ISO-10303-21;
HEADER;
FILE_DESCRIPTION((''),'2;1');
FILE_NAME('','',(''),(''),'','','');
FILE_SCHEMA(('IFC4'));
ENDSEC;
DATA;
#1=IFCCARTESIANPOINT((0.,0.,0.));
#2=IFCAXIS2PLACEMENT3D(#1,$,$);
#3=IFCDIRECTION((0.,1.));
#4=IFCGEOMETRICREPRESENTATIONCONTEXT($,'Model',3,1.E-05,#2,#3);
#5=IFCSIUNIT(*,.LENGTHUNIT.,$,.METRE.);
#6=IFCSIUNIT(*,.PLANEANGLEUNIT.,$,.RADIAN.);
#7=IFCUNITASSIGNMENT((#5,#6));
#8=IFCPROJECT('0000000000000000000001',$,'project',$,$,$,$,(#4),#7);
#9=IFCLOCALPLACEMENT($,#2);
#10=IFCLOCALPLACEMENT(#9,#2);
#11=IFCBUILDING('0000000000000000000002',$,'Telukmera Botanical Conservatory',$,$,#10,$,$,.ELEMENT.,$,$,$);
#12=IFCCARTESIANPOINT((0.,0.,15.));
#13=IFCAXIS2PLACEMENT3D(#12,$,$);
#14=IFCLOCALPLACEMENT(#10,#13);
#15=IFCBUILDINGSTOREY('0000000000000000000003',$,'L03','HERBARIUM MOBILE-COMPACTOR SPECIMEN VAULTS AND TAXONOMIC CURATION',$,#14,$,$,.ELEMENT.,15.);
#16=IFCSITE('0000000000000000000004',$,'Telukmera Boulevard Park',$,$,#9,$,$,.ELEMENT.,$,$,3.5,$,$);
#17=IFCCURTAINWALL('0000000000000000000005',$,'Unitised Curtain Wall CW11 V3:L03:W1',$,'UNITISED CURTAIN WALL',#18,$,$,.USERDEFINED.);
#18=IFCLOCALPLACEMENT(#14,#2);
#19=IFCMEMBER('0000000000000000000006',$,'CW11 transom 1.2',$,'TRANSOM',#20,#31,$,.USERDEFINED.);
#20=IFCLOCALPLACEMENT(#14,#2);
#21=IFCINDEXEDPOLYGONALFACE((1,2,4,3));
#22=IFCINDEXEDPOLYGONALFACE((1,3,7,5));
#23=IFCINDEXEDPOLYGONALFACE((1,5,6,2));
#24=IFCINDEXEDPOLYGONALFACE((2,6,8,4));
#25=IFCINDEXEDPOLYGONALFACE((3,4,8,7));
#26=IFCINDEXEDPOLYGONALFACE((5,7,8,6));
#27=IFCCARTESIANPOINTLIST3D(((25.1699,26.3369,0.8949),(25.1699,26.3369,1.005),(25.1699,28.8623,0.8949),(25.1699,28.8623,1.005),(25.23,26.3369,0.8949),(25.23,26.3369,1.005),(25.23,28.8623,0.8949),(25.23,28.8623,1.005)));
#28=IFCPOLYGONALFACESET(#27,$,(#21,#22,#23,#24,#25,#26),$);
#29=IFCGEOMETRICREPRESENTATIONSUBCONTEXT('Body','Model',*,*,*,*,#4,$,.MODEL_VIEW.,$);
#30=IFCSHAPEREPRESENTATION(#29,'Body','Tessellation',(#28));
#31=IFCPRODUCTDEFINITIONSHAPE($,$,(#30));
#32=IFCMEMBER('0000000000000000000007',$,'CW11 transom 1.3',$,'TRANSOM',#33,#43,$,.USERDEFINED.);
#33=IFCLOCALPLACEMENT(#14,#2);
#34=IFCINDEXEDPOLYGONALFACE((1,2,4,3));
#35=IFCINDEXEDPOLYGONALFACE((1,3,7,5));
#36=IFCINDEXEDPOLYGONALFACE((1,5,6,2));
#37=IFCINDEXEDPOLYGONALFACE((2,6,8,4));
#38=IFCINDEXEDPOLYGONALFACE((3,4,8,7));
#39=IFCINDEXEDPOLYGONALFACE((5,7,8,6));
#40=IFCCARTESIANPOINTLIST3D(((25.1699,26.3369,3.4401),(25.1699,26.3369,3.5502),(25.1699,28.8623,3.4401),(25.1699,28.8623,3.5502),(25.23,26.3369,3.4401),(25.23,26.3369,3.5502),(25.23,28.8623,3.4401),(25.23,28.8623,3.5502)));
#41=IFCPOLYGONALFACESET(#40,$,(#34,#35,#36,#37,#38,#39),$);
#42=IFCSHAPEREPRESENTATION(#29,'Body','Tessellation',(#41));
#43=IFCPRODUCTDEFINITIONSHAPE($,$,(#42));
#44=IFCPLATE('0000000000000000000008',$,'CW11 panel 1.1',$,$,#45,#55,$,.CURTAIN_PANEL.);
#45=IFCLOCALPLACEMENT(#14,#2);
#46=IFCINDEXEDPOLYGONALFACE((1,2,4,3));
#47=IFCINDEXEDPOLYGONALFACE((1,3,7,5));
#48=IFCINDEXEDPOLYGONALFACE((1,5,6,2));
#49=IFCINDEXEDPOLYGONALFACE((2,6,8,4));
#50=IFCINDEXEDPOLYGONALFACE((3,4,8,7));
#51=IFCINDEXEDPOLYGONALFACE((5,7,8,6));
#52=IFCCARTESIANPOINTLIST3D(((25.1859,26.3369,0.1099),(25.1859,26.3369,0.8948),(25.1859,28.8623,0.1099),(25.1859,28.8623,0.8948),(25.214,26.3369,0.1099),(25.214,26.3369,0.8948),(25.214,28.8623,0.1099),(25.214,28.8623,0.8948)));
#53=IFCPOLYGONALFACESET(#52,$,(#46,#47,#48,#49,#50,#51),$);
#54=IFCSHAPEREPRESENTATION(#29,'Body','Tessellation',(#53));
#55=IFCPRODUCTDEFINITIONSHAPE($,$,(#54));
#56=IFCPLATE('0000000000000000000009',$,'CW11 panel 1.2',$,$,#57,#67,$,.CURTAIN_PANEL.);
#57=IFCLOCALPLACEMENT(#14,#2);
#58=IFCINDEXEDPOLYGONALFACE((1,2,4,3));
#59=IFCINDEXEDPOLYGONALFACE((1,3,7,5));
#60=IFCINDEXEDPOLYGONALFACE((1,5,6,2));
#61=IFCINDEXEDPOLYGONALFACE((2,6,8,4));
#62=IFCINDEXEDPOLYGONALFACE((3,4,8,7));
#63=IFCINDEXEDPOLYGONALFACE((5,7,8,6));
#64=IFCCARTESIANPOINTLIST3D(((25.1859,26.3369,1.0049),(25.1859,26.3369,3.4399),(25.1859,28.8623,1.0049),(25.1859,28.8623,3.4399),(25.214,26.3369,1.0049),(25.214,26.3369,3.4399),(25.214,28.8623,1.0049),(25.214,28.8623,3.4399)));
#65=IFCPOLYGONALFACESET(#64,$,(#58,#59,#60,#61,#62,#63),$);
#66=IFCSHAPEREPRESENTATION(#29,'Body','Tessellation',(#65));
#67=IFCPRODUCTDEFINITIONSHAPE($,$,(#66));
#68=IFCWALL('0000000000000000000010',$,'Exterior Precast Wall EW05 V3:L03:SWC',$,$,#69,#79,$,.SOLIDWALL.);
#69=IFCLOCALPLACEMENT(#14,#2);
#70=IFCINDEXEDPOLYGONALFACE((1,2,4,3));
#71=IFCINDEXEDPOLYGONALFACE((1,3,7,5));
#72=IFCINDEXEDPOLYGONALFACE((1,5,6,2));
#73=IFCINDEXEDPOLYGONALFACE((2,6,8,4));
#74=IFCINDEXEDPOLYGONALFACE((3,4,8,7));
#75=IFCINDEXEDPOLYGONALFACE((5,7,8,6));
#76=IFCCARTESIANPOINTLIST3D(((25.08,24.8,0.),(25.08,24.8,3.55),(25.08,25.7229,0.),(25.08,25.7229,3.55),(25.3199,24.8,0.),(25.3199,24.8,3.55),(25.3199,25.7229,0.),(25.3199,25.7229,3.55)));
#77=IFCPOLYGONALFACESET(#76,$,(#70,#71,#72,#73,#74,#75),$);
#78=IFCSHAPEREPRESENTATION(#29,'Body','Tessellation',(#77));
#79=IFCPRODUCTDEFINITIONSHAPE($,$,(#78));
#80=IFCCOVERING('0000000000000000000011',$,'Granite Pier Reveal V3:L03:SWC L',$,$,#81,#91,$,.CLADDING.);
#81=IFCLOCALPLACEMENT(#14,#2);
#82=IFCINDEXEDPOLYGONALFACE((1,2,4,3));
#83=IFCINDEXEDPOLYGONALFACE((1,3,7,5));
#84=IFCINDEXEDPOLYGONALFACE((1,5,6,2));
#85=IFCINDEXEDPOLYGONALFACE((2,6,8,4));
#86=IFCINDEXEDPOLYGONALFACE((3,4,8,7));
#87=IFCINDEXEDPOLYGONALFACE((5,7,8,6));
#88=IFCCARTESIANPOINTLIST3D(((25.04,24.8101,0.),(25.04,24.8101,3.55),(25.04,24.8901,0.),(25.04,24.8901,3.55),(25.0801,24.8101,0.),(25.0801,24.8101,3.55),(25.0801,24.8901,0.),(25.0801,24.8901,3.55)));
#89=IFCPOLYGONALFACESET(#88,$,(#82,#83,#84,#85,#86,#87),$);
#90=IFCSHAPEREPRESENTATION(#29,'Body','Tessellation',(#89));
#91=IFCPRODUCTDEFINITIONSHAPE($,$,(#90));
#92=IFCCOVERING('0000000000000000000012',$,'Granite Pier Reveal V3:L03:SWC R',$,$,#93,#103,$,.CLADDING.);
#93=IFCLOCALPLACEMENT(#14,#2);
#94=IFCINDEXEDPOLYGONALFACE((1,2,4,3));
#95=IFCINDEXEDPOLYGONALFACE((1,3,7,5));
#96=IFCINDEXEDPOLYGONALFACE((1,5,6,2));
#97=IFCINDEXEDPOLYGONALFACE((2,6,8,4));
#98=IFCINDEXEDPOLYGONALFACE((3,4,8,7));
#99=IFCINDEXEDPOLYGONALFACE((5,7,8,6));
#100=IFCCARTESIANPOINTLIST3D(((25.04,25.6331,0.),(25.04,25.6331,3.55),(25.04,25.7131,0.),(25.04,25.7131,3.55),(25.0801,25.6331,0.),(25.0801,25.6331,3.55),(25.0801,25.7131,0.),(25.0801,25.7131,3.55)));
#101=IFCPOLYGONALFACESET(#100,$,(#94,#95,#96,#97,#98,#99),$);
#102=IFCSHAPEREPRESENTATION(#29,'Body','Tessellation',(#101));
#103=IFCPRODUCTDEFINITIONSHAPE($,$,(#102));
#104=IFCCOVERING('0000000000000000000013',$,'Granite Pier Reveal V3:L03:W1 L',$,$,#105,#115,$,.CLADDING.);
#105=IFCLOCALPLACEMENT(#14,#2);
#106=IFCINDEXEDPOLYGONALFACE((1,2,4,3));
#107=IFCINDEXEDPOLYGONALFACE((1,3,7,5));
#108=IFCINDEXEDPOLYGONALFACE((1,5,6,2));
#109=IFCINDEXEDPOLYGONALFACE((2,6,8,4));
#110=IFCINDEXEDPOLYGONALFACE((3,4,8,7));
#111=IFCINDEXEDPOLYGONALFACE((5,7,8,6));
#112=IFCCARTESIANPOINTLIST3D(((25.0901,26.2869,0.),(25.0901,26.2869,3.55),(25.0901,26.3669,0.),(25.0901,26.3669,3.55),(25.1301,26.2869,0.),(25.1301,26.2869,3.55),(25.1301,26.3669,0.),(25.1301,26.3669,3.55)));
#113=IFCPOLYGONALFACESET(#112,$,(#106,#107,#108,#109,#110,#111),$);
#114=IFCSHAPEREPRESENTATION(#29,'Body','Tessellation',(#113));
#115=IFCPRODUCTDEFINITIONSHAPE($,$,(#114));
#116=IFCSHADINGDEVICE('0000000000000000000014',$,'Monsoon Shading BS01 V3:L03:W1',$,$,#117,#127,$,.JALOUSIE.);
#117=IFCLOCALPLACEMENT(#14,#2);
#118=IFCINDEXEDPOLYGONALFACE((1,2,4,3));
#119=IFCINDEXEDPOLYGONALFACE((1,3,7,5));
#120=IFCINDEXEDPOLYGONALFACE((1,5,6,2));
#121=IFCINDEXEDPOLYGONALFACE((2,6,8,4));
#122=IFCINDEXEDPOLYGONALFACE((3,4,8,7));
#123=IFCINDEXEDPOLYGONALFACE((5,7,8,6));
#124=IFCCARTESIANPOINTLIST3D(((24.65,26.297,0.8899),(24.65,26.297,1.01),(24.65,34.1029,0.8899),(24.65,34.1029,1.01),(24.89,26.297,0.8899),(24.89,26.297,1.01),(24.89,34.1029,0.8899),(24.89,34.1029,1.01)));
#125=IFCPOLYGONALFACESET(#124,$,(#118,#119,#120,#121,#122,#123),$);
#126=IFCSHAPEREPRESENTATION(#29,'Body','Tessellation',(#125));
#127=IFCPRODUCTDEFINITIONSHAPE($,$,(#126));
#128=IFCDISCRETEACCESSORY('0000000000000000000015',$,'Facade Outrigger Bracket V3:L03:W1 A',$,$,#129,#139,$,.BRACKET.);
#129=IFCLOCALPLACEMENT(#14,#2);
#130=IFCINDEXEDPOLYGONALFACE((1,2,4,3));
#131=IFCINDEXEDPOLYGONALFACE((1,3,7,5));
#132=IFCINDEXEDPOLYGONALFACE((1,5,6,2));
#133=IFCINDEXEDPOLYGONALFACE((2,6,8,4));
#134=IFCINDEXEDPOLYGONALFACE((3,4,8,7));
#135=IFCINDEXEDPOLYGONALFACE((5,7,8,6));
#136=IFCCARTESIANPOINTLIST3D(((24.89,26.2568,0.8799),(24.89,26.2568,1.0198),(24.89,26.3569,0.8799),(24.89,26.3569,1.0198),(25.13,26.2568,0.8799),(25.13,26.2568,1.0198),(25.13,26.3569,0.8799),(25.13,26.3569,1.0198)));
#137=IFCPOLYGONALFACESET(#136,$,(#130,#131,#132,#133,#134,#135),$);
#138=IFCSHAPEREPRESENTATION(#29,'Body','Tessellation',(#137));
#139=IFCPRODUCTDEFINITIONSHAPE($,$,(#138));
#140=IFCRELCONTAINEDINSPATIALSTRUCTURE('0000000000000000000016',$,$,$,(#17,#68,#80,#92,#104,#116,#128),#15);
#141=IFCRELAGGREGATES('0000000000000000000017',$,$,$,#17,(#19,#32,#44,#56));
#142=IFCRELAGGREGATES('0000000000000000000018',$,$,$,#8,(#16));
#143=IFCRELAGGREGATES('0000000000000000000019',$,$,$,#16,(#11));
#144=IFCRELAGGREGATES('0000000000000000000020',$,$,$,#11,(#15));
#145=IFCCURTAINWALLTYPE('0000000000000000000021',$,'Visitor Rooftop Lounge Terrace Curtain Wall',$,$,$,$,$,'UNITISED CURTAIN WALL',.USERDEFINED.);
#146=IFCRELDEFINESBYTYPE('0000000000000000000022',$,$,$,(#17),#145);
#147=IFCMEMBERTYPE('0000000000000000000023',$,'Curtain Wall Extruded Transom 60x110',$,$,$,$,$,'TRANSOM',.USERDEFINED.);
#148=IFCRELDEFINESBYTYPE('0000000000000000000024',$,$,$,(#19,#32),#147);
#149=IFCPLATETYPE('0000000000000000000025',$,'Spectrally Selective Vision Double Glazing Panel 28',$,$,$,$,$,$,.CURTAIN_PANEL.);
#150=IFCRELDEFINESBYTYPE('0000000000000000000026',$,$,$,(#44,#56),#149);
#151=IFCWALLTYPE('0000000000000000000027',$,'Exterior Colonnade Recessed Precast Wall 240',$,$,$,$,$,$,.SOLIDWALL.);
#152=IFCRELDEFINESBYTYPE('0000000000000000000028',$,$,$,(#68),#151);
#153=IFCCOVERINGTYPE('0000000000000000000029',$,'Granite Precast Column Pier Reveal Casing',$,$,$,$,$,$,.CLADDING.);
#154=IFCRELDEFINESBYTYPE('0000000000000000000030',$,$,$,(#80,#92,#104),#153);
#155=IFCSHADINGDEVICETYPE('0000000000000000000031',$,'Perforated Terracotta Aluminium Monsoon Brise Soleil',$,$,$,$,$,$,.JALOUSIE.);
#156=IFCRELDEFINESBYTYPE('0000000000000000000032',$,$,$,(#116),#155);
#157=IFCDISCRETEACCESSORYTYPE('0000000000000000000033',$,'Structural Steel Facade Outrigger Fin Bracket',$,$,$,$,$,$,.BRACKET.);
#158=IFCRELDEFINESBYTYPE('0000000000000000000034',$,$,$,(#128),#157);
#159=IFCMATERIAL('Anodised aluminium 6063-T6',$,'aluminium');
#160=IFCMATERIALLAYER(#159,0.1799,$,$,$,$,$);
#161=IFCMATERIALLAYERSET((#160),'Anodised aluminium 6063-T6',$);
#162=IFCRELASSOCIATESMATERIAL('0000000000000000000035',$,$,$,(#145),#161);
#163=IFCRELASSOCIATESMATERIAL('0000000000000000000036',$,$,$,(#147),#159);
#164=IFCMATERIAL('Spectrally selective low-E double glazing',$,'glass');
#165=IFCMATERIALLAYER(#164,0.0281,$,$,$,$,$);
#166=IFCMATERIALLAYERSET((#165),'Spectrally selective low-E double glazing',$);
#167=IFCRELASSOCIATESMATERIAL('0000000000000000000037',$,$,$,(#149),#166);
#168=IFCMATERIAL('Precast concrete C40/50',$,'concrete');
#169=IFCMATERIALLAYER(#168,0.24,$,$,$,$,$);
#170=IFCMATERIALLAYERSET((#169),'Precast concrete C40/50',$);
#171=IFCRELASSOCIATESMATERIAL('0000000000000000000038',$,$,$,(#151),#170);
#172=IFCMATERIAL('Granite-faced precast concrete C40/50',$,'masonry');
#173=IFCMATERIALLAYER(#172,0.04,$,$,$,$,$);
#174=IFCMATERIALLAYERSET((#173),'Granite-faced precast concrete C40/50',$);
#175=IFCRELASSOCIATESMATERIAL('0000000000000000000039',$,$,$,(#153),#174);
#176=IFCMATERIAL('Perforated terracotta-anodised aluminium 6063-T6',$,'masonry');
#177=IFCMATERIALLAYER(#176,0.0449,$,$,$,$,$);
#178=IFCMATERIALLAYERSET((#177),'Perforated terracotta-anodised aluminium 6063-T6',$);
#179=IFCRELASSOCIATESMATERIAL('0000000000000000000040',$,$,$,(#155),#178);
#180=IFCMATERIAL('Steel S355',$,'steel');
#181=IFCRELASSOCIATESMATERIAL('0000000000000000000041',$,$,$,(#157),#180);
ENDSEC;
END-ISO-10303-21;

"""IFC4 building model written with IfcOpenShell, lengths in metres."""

from ifc_helpers import new_model, si_unit, direction, frame, frame_2d, origin, origin_2d, place, context, subcontext, project, spatial, rectangle, extrude, material, layer, layer_set, material_profile, profile_set, type_object, element, aggregate, save


model = new_model("IFC4")

# Units and contexts
model_context = context("Model", 3, precision=1e-05, world=origin(), true_north=direction((0.0, 1.0)))
body_context = subcontext(model_context, "Body", "Model", "MODEL_VIEW")
ifc_project = project(units=[si_unit("LENGTHUNIT", "METRE"), si_unit("PLANEANGLEUNIT", "RADIAN")], contexts=[model_context])

# Site, building, storey
site_placement = place(None, origin())
site = spatial("IfcSite", under=ifc_project, at=site_placement, Name="Telukmera Boulevard Park", CompositionType="ELEMENT", RefElevation=3.5)
building_placement = place(site_placement, origin())
building = spatial("IfcBuilding", under=site, at=building_placement, Name="Telukmera Botanical Conservatory", CompositionType="ELEMENT")
storey_placement = place(building_placement, frame((0.0, 0.0, 15.0)))
storey = spatial("IfcBuildingStorey", under=building, at=storey_placement, Name="L03", Description="HERBARIUM MOBILE-COMPACTOR SPECIMEN VAULTS AND TAXONOMIC CURATION", CompositionType="ELEMENT", Elevation=15.0)

# Curtain wall, members, plates
ifc_material_1 = material(Name="Anodised aluminium 6063-T6", Category="aluminium")
ifc_layer_1 = layer(ifc_material_1, 0.1799)
ifc_layer_set_1 = layer_set([ifc_layer_1], Name="Anodised aluminium 6063-T6")
curtain_wall_type = type_object("IfcCurtainWallType", Name="Visitor Rooftop Lounge Terrace Curtain Wall", ElementType="UNITISED CURTAIN WALL", PredefinedType="USERDEFINED", material=ifc_layer_set_1)
curtain_wall_placement = place(storey_placement, origin())
curtain_wall = element("IfcCurtainWall", 1, at=curtain_wall_placement, inside=storey, type_object=curtain_wall_type, Name="Unitised Curtain Wall CW11 V3:L03:W1", ObjectType="UNITISED CURTAIN WALL", PredefinedType="USERDEFINED")
ifc_material_profile_1 = material_profile(ifc_material_1, rectangle(XDim=0.0601, YDim=0.1101, at=origin_2d()), Name="ALU TRAN 60x110")
ifc_profile_set_1 = profile_set([ifc_material_profile_1], Name="Anodised aluminium 6063-T6")
member_type_1 = type_object("IfcMemberType", Name="Curtain Wall Extruded Transom 60x110", ElementType="TRANSOM", PredefinedType="USERDEFINED", material=ifc_profile_set_1)
member_1_placement = place(storey_placement, frame((25.2, 26.3369, 0.95), z_axis=(0.0, 1.0, 0.0), x_axis=(-1.0, 0.0, 0.0)))
member_1 = element("IfcMember", 2, at=member_1_placement, type_object=member_type_1, Name="CW11 transom 1.2", ObjectType="TRANSOM", PredefinedType="USERDEFINED", context=body_context, shape_type="SweptSolid", body=[
    extrude(rectangle(XDim=0.0601, YDim=0.1101, at=origin_2d()), origin(), (0.0, 0.0, 1.0), 2.5254),
])
member_2_placement = place(storey_placement, frame((25.2, 26.3369, 3.4951), z_axis=(0.0, 1.0, 0.0), x_axis=(-1.0, 0.0, 0.0)))
member_2 = element("IfcMember", 3, at=member_2_placement, type_object=member_type_1, Name="CW11 transom 1.3", ObjectType="TRANSOM", PredefinedType="USERDEFINED", context=body_context, shape_type="SweptSolid", body=[
    extrude(rectangle(XDim=0.0601, YDim=0.1101, at=origin_2d()), origin(), (0.0, 0.0, 1.0), 2.5254),
])
ifc_material_2 = material(Name="Spectrally selective low-E double glazing", Category="glass")
ifc_layer_2 = layer(ifc_material_2, 0.0281)
ifc_layer_set_2 = layer_set([ifc_layer_2], Name="Spectrally selective low-E double glazing")
plate_type = type_object("IfcPlateType", Name="Spectrally Selective Vision Double Glazing Panel 28", PredefinedType="CURTAIN_PANEL", material=ifc_layer_set_2)
plate_1_placement = place(storey_placement, frame((25.2, 27.5996, 0.1099), z_axis=(0.0, 0.0, 1.0), x_axis=(0.0, 1.0, 0.0)))
plate_1 = element("IfcPlate", 4, at=plate_1_placement, type_object=plate_type, Name="CW11 panel 1.1", PredefinedType="CURTAIN_PANEL", context=body_context, shape_type="SweptSolid", body=[
    extrude(rectangle(XDim=2.5254, YDim=0.0281, at=origin_2d()), origin(), (0.0, 0.0, 1.0), 0.7849),
])
plate_2_placement = place(storey_placement, frame((25.2, 27.5996, 1.0049), z_axis=(0.0, 0.0, 1.0), x_axis=(0.0, 1.0, 0.0)))
plate_2 = element("IfcPlate", 5, at=plate_2_placement, type_object=plate_type, Name="CW11 panel 1.2", PredefinedType="CURTAIN_PANEL", context=body_context, shape_type="SweptSolid", body=[
    extrude(rectangle(XDim=2.5254, YDim=0.0281, at=origin_2d()), origin(), (0.0, 0.0, 1.0), 2.4351),
])
aggregate(curtain_wall, [member_1, member_2, plate_1, plate_2])

# Wall
ifc_material_3 = material(Name="Precast concrete C40/50", Category="concrete")
ifc_layer_3 = layer(ifc_material_3, 0.24)
ifc_layer_set_3 = layer_set([ifc_layer_3], Name="Precast concrete C40/50")
wall_type = type_object("IfcWallType", Name="Exterior Colonnade Recessed Precast Wall 240", PredefinedType="SOLIDWALL", material=ifc_layer_set_3)
wall_placement = place(storey_placement, frame((25.2, 24.8, 0.0), z_axis=(0.0, 0.0, 1.0), x_axis=(0.0, 1.0, 0.0)))
element("IfcWall", 6, at=wall_placement, inside=storey, type_object=wall_type, Name="Exterior Precast Wall EW05 V3:L03:SWC", PredefinedType="SOLIDWALL", context=body_context, shape_type="SweptSolid", body=[
    extrude(rectangle(XDim=0.9229, YDim=0.24, at=frame_2d((0.4614, 0.0))), origin(), (0.0, 0.0, 1.0), 3.55),
])

# Coverings
ifc_material_4 = material(Name="Granite-faced precast concrete C40/50", Category="masonry")
ifc_layer_4 = layer(ifc_material_4, 0.04)
ifc_layer_set_4 = layer_set([ifc_layer_4], Name="Granite-faced precast concrete C40/50")
covering_type = type_object("IfcCoveringType", Name="Granite Precast Column Pier Reveal Casing", PredefinedType="CLADDING", material=ifc_layer_set_4)
for number, where, z_axis, x_axis, name in (
    (7, (25.0601, 24.8501, 0.0), (0.0, 0.0, 1.0), (0.0, 1.0, 0.0), "Granite Pier Reveal V3:L03:SWC L"),
    (8, (25.0601, 25.6731, 0.0), (0.0, 0.0, 1.0), (0.0, 1.0, 0.0), "Granite Pier Reveal V3:L03:SWC R"),
    (9, (25.1101, 26.3269, 0.0), (0.0, 0.0, 1.0), (0.0, 1.0, 0.0), "Granite Pier Reveal V3:L03:W1 L"),
):
    element("IfcCovering", number, at=place(storey_placement, frame(where, z_axis=z_axis, x_axis=x_axis)), inside=storey, type_object=covering_type, Name=name, PredefinedType="CLADDING", context=body_context, shape_type="SweptSolid", body=[
        extrude(rectangle(XDim=0.0801, YDim=0.04, at=origin_2d()), origin(), (0.0, 0.0, 1.0), 3.55),
    ])

# Shading device
ifc_material_5 = material(Name="Perforated terracotta-anodised aluminium 6063-T6", Category="masonry")
ifc_layer_5 = layer(ifc_material_5, 0.0449)
ifc_layer_set_5 = layer_set([ifc_layer_5], Name="Perforated terracotta-anodised aluminium 6063-T6")
shading_device_type = type_object("IfcShadingDeviceType", Name="Perforated Terracotta Aluminium Monsoon Brise Soleil", PredefinedType="JALOUSIE", material=ifc_layer_set_5)
shading_device_placement = place(storey_placement, frame((24.77, 30.2, 0.8899), z_axis=(0.0, 0.0, 1.0), x_axis=(0.0, 1.0, 0.0)))
element("IfcShadingDevice", 10, at=shading_device_placement, inside=storey, type_object=shading_device_type, Name="Monsoon Shading BS01 V3:L03:W1", PredefinedType="JALOUSIE", context=body_context, shape_type="SweptSolid", body=[
    extrude(rectangle(XDim=7.8059, YDim=0.24, at=origin_2d()), origin(), (0.0, 0.0, 1.0), 0.1201),
])

# Discrete accessory
ifc_material_6 = material(Name="Steel S355", Category="steel")
discrete_accessory_type = type_object("IfcDiscreteAccessoryType", Name="Structural Steel Facade Outrigger Fin Bracket", PredefinedType="BRACKET", material=ifc_material_6)
discrete_accessory_placement = place(storey_placement, frame((25.01, 26.3069, 0.8799), z_axis=(0.0, 0.0, 1.0), x_axis=(0.0, 1.0, 0.0)))
element("IfcDiscreteAccessory", 11, at=discrete_accessory_placement, inside=storey, type_object=discrete_accessory_type, Name="Facade Outrigger Bracket V3:L03:W1 A", PredefinedType="BRACKET", context=body_context, shape_type="SweptSolid", body=[
    extrude(rectangle(XDim=0.1001, YDim=0.24, at=origin_2d()), origin(), (0.0, 0.0, 1.0), 0.1399),
])

save(model, "model.ifc")
